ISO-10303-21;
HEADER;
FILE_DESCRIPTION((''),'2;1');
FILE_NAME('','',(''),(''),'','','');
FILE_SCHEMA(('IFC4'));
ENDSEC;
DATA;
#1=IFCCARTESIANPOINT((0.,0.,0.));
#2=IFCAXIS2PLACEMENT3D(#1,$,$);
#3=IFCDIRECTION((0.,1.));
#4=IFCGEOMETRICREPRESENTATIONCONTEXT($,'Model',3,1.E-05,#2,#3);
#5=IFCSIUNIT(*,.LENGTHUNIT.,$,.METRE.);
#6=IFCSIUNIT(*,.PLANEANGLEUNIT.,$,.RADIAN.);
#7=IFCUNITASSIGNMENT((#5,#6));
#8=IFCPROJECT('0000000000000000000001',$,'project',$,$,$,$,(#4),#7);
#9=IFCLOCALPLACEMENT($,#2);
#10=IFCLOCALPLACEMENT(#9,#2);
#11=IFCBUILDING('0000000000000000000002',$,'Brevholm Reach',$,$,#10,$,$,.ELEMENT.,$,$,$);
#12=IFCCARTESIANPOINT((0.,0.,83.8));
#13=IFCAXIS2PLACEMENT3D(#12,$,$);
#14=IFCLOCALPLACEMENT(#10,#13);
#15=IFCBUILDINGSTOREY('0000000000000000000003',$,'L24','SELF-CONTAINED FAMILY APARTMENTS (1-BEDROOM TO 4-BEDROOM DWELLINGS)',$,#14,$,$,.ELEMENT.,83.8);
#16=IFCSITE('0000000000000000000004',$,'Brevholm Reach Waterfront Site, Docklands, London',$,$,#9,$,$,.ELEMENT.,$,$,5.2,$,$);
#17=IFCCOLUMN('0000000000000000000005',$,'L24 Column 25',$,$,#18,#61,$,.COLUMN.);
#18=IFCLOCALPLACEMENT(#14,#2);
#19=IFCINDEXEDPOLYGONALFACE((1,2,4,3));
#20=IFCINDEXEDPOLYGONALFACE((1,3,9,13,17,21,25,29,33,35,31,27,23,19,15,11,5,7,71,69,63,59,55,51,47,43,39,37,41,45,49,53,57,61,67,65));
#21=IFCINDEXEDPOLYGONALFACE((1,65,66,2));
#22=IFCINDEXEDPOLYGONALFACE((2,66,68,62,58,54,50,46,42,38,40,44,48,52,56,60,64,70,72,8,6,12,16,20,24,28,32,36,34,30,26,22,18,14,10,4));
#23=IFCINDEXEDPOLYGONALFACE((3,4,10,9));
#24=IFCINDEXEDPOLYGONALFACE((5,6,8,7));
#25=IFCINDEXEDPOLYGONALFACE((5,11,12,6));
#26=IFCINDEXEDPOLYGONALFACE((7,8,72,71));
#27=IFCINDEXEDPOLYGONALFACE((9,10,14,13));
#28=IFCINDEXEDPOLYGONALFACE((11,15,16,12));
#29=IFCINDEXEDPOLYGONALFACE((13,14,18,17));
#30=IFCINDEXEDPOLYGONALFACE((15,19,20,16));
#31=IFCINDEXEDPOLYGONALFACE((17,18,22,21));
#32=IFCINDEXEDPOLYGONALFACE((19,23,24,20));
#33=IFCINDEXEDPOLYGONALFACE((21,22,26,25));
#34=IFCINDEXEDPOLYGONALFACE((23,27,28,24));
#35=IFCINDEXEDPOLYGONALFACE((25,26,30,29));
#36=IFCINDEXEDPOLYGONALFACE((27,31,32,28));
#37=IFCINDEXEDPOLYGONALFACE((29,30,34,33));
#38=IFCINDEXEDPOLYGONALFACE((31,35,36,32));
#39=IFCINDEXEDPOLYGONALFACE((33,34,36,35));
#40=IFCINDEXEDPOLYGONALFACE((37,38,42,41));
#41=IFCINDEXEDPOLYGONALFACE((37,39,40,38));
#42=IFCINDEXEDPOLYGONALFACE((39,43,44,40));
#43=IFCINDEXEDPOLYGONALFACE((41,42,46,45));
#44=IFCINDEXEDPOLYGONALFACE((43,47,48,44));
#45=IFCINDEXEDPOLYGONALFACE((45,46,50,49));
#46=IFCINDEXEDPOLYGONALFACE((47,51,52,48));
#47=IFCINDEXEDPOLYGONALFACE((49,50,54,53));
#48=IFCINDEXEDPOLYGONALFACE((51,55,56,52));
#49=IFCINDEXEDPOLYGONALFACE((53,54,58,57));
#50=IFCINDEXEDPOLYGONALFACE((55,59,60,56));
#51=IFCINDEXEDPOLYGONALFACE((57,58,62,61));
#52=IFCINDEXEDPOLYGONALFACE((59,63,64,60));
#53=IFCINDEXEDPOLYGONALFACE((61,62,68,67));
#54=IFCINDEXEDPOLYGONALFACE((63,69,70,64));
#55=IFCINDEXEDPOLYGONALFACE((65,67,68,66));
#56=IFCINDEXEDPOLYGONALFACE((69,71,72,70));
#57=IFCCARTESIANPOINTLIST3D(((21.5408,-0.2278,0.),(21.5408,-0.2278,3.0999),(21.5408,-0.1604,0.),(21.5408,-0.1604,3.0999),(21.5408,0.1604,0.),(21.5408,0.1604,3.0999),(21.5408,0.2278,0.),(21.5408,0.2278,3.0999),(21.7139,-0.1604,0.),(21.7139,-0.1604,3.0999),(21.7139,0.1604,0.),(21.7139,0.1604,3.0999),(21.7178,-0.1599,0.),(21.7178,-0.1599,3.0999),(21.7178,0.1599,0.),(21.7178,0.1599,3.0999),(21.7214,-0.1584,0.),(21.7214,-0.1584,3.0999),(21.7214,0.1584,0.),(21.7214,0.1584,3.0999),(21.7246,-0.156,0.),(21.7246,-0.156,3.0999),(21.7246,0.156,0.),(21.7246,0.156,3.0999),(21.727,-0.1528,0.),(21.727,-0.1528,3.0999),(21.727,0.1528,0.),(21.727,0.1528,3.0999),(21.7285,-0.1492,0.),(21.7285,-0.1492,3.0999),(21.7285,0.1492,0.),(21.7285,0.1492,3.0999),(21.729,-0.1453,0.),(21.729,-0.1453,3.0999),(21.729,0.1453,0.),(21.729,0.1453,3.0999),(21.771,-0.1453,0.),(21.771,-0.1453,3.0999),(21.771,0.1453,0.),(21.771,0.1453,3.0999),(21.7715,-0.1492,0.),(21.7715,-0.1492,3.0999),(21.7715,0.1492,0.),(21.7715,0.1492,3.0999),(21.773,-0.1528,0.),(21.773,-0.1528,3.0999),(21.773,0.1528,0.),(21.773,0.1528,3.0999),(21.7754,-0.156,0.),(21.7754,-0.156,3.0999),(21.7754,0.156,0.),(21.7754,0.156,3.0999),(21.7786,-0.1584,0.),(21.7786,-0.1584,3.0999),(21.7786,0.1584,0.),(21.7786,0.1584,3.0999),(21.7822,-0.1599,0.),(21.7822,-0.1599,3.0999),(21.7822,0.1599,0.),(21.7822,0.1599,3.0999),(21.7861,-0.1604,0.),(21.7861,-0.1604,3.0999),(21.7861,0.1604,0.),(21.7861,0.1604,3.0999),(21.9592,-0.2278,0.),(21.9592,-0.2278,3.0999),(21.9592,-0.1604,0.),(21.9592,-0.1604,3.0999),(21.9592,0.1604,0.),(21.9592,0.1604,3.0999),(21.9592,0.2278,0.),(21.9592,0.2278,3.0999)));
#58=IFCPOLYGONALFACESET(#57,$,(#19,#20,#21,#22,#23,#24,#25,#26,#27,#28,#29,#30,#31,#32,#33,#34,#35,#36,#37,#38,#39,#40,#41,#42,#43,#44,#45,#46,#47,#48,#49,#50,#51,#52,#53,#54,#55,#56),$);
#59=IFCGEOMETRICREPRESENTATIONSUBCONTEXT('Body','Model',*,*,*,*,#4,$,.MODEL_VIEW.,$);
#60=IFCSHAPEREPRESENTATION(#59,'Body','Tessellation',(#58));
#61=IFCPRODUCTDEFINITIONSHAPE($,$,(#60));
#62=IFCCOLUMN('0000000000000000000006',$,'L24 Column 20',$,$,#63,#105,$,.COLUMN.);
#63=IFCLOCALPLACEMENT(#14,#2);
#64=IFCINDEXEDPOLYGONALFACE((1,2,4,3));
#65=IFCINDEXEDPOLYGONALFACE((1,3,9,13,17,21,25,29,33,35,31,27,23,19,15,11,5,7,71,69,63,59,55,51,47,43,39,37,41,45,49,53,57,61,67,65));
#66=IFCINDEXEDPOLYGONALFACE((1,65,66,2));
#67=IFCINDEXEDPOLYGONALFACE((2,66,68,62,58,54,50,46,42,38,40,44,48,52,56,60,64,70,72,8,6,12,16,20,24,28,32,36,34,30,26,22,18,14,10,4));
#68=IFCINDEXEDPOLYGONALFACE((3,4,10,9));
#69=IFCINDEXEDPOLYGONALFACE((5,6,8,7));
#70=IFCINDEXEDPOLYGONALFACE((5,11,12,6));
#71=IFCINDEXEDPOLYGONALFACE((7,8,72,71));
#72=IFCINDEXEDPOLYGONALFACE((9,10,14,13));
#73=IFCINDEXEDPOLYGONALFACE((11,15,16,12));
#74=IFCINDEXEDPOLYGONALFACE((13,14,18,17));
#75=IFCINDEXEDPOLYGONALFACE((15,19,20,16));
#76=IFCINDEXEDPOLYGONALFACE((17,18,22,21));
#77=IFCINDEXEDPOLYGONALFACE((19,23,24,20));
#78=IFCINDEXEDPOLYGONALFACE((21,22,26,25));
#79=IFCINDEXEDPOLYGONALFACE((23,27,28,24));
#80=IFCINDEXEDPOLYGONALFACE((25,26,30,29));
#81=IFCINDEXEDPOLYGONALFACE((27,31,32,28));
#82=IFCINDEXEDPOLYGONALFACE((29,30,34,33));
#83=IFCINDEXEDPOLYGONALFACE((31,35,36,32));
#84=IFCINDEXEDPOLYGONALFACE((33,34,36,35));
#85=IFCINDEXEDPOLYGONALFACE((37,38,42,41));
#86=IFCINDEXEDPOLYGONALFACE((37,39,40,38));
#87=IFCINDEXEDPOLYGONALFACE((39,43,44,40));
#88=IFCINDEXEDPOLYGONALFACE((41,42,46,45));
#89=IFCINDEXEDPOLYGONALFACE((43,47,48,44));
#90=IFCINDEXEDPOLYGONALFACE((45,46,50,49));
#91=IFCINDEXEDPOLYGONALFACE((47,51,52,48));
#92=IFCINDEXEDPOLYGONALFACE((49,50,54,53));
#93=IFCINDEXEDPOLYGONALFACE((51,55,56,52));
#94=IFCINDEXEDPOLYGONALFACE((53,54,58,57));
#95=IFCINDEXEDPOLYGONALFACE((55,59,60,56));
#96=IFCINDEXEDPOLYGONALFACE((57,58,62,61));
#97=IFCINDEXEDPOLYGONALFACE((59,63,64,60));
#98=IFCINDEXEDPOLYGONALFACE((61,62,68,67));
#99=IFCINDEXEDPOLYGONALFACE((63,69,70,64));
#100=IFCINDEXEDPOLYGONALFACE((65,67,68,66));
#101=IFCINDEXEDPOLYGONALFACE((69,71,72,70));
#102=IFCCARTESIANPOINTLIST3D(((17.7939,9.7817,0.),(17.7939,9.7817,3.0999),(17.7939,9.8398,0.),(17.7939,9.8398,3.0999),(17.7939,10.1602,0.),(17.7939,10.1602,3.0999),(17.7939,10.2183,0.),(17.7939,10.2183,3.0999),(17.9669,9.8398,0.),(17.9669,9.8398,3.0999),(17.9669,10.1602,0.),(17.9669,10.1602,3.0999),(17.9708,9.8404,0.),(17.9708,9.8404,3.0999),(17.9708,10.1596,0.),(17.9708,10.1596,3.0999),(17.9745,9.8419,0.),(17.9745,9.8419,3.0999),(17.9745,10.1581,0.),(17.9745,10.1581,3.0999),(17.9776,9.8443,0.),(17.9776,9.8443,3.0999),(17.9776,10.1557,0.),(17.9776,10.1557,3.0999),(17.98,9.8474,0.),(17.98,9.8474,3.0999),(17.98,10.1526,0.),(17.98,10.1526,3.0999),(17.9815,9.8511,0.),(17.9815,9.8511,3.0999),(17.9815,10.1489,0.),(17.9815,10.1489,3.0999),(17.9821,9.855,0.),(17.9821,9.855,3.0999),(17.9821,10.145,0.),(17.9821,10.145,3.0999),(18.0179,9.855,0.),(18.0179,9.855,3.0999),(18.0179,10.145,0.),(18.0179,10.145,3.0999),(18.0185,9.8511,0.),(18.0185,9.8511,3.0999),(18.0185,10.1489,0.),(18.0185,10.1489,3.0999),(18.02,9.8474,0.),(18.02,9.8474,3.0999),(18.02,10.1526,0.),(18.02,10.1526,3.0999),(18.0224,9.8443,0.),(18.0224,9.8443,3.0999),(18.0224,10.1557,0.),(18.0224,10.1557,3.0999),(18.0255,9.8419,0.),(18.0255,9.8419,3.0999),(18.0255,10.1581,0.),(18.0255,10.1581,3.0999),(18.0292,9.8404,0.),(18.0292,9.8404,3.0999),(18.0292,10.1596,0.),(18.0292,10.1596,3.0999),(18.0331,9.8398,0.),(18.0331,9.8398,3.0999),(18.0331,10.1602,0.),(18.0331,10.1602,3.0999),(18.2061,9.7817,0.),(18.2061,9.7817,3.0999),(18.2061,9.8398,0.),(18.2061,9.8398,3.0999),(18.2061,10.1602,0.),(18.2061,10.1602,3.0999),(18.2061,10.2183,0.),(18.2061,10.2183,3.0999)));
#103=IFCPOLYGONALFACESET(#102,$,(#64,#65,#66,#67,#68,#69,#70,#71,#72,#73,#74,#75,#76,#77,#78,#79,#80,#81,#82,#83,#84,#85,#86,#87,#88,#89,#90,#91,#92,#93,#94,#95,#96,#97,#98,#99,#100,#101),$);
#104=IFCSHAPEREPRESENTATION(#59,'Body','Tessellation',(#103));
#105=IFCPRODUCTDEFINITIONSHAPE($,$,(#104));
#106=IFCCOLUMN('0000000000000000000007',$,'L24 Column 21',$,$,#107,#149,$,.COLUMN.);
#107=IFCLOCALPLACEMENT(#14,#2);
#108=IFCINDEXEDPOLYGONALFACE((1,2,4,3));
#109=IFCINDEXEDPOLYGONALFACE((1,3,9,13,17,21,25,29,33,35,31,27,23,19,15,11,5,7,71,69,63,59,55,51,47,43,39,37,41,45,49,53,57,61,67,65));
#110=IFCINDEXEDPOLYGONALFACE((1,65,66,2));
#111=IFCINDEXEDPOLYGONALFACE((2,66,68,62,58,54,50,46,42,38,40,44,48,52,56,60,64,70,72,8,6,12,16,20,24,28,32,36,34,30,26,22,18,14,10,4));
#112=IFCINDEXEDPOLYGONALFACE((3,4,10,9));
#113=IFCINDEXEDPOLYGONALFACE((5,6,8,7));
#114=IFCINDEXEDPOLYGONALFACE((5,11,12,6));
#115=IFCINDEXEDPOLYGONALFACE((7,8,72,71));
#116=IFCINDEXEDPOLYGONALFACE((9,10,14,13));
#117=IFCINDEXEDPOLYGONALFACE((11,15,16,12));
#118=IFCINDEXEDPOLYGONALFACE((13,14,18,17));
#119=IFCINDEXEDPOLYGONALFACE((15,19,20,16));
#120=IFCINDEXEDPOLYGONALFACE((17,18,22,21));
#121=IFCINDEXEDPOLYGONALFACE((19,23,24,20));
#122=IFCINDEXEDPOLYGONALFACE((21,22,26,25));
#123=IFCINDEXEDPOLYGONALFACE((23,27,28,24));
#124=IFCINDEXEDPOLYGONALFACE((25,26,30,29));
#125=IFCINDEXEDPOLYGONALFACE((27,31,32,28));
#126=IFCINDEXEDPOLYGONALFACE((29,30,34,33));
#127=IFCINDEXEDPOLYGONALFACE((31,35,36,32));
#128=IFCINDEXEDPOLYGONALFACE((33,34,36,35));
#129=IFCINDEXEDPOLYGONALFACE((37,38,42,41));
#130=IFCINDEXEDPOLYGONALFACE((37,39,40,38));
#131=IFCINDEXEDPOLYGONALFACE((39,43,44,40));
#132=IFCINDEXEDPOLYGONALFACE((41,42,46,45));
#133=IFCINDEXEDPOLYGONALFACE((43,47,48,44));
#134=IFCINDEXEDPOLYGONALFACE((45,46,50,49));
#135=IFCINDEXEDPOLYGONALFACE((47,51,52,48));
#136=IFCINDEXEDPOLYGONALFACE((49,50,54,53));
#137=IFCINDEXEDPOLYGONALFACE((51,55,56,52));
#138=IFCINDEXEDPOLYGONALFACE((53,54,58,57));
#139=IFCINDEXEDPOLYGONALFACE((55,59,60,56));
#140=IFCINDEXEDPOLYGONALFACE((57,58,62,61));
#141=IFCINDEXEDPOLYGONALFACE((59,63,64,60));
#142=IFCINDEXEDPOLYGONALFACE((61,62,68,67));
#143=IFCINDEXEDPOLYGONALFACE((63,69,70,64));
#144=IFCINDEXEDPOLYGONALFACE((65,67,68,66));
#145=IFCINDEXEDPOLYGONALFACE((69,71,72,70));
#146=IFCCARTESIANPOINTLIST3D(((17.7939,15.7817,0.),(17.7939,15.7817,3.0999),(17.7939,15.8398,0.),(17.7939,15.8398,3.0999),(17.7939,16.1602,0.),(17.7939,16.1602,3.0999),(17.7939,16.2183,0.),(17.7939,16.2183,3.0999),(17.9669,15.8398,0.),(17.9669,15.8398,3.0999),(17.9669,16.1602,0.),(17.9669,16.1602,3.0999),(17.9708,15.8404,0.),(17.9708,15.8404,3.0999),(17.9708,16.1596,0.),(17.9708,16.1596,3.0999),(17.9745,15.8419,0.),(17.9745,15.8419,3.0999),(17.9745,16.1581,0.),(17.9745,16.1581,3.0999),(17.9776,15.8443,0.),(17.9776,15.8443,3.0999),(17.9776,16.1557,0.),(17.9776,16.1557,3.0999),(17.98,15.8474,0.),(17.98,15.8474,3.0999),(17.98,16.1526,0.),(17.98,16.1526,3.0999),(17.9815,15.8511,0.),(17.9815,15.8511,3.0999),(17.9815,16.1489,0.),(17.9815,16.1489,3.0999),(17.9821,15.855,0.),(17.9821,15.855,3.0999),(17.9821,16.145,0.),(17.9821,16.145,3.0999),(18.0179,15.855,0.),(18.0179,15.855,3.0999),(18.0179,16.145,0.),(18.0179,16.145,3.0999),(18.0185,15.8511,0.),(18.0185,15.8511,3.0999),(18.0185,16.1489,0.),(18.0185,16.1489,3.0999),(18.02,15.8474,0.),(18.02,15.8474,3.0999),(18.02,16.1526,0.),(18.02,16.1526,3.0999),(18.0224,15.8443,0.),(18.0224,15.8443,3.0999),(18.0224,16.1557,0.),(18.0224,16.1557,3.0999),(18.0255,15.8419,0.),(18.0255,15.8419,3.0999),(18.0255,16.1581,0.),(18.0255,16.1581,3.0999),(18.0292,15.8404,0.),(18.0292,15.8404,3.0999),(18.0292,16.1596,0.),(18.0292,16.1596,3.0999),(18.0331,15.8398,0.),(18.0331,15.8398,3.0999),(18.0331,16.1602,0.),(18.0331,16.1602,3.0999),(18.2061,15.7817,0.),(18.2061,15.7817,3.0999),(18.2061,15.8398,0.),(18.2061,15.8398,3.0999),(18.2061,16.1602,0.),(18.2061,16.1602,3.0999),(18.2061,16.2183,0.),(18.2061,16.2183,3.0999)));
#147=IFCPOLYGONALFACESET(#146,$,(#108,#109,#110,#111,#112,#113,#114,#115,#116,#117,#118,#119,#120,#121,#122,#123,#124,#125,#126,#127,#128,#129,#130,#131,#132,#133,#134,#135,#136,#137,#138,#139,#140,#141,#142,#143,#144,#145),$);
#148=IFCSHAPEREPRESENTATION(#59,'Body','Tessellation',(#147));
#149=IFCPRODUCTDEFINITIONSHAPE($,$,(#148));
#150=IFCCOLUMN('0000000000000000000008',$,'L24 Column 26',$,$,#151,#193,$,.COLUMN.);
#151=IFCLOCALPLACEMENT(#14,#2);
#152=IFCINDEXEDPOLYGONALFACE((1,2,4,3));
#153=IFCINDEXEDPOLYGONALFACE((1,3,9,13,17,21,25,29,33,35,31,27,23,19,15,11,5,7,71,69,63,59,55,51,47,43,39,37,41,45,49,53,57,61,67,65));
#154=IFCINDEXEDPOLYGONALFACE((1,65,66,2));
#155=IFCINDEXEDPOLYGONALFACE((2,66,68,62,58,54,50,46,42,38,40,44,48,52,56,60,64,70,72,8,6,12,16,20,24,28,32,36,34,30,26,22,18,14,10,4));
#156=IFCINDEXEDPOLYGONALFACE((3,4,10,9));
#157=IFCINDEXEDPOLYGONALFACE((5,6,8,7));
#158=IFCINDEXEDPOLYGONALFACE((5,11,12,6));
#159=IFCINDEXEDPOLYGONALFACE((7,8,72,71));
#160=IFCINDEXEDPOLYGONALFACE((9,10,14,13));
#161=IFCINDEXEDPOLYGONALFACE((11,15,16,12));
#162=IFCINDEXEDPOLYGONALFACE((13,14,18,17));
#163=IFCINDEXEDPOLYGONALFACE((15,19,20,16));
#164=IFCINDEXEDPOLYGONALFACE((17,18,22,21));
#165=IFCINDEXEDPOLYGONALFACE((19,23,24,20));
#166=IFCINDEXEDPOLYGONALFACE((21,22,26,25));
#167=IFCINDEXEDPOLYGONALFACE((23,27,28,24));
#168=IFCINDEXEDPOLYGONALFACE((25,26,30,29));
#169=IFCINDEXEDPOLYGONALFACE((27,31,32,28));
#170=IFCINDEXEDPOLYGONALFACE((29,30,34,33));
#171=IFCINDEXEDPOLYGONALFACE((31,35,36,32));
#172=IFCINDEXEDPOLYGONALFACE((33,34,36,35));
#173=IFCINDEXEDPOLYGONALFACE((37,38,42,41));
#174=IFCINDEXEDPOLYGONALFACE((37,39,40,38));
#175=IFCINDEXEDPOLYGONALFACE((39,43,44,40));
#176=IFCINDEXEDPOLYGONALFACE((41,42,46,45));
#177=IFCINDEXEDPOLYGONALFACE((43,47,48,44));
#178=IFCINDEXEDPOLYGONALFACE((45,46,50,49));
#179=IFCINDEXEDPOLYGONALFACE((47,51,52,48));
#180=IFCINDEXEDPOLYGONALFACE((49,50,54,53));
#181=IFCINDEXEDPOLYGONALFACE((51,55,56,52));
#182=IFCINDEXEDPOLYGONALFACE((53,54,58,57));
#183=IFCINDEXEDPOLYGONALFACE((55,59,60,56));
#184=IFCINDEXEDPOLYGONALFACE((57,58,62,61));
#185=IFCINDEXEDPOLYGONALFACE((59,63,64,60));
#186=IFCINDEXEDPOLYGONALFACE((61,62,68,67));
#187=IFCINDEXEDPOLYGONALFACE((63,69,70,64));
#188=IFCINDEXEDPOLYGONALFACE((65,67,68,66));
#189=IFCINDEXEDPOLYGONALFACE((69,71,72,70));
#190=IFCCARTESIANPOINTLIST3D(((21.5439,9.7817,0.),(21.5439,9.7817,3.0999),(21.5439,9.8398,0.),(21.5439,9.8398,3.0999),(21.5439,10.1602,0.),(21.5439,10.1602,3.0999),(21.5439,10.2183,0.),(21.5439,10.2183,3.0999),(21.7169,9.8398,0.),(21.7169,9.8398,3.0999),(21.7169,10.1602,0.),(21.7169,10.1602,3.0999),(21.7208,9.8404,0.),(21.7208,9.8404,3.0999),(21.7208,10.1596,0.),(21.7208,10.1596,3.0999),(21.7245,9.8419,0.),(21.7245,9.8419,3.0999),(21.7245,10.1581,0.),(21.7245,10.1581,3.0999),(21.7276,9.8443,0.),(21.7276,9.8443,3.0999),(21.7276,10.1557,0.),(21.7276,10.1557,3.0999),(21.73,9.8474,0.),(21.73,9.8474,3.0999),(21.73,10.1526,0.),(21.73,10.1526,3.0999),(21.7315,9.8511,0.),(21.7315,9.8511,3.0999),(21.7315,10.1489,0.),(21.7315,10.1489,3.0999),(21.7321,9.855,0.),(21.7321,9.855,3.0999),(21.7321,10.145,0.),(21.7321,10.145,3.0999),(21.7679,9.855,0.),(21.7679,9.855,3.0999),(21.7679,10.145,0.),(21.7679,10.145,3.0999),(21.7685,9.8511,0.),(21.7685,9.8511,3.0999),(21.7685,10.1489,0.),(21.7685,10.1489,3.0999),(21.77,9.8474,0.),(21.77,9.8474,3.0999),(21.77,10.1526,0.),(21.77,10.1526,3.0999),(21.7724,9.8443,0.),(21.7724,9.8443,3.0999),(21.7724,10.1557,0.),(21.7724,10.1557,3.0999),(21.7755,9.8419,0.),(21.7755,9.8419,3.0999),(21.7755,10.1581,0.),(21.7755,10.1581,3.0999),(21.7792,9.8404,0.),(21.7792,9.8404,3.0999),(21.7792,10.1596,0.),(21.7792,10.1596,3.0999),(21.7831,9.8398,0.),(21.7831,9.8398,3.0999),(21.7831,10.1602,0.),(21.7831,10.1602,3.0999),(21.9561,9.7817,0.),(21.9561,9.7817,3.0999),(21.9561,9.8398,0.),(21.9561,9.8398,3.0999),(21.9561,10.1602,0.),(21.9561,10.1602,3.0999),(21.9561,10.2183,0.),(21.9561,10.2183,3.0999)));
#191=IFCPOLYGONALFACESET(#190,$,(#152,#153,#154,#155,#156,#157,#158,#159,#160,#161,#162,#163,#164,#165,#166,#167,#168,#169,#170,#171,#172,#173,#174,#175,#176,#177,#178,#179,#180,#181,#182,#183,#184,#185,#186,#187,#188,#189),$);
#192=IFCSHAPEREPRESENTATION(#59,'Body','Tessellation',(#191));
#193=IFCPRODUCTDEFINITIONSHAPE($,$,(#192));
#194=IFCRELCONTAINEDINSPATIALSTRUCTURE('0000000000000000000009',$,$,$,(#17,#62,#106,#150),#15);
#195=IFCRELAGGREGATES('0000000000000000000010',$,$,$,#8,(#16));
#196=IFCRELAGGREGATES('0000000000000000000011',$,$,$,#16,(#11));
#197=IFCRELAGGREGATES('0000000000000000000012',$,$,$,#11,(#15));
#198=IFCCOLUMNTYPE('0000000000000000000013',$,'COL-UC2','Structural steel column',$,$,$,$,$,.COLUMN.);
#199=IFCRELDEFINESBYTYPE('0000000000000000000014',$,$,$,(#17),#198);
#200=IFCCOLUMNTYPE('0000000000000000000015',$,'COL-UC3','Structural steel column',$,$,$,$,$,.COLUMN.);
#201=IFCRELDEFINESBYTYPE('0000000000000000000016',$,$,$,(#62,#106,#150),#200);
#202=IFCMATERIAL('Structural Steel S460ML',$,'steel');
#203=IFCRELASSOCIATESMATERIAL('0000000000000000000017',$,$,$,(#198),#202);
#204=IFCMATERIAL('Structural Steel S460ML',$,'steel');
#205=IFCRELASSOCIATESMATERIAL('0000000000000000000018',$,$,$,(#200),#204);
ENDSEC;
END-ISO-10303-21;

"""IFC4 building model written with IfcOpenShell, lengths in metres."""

from ifc_helpers import new_model, si_unit, direction, frame, origin, origin_2d, place, context, subcontext, project, spatial, i_section, extrude, material, material_profile, profile_set, type_object, element, save


model = new_model("IFC4")

# Units and contexts
model_context = context("Model", 3, precision=1e-05, world=origin(), true_north=direction((0.0, 1.0)))
body_context = subcontext(model_context, "Body", "Model", "MODEL_VIEW")
ifc_project = project(units=[si_unit("LENGTHUNIT", "METRE"), si_unit("PLANEANGLEUNIT", "RADIAN")], contexts=[model_context])

# Site, building, storey
site_placement = place(None, origin())
site = spatial("IfcSite", under=ifc_project, at=site_placement, Name="Brevholm Reach Waterfront Site, Docklands, London", CompositionType="ELEMENT", RefElevation=5.2)
building_placement = place(site_placement, origin())
building = spatial("IfcBuilding", under=site, at=building_placement, Name="Brevholm Reach", CompositionType="ELEMENT")
storey_placement = place(building_placement, frame((0.0, 0.0, 83.8)))
storey = spatial("IfcBuildingStorey", under=building, at=storey_placement, Name="L24", Description="SELF-CONTAINED FAMILY APARTMENTS (1-BEDROOM TO 4-BEDROOM DWELLINGS)", CompositionType="ELEMENT", Elevation=83.8)

# Columns
ifc_material_1 = material(Name="Structural Steel S460ML", Category="steel")
ifc_material_profile_1 = material_profile(ifc_material_1, i_section(OverallWidth=0.4185, OverallDepth=0.4556, WebThickness=0.042, FlangeThickness=0.0674, FilletRadius=0.0151, at=origin_2d()), Name="UKC 356x406x551")
ifc_profile_set_1 = profile_set([ifc_material_profile_1], Name="Structural Steel S460ML")
column_type_1 = type_object("IfcColumnType", Name="COL-UC2", Description="Structural steel column", PredefinedType="COLUMN", material=ifc_profile_set_1)
column_placement = place(storey_placement, frame((21.75, 0.0, 0.0), z_axis=(0.0, 0.0, 1.0), x_axis=(1.0, 0.0, 0.0)))
element("IfcColumn", 1, at=column_placement, inside=storey, type_object=column_type_1, Name="L24 Column 25", PredefinedType="COLUMN", context=body_context, shape_type="SweptSolid", body=[
    extrude(i_section(OverallWidth=0.4185, OverallDepth=0.4556, WebThickness=0.042, FlangeThickness=0.0674, FilletRadius=0.0151, at=origin_2d()), origin(), (0.0, 0.0, 1.0), 3.0999),
])
ifc_material_2 = material(Name="Structural Steel S460ML", Category="steel")
ifc_material_profile_2 = material_profile(ifc_material_2, i_section(OverallWidth=0.4121, OverallDepth=0.4365, WebThickness=0.0359, FlangeThickness=0.0581, FilletRadius=0.0151, at=origin_2d()), Name="UKC 356x406x467")
ifc_profile_set_2 = profile_set([ifc_material_profile_2], Name="Structural Steel S460ML")
column_type_2 = type_object("IfcColumnType", Name="COL-UC3", Description="Structural steel column", PredefinedType="COLUMN", material=ifc_profile_set_2)
for number, where, z_axis, x_axis, name in (
    (2, (18.0, 10.0, 0.0), (0.0, 0.0, 1.0), (1.0, 0.0, 0.0), "L24 Column 20"),
    (3, (18.0, 16.0, 0.0), (0.0, 0.0, 1.0), (1.0, 0.0, 0.0), "L24 Column 21"),
    (4, (21.75, 10.0, 0.0), (0.0, 0.0, 1.0), (1.0, 0.0, 0.0), "L24 Column 26"),
):
    element("IfcColumn", number, at=place(storey_placement, frame(where, z_axis=z_axis, x_axis=x_axis)), inside=storey, type_object=column_type_2, Name=name, PredefinedType="COLUMN", context=body_context, shape_type="SweptSolid", body=[
        extrude(i_section(OverallWidth=0.4121, OverallDepth=0.4365, WebThickness=0.0359, FlangeThickness=0.0581, FilletRadius=0.0151, at=origin_2d()), origin(), (0.0, 0.0, 1.0), 3.0999),
    ])

save(model, "model.ifc")
